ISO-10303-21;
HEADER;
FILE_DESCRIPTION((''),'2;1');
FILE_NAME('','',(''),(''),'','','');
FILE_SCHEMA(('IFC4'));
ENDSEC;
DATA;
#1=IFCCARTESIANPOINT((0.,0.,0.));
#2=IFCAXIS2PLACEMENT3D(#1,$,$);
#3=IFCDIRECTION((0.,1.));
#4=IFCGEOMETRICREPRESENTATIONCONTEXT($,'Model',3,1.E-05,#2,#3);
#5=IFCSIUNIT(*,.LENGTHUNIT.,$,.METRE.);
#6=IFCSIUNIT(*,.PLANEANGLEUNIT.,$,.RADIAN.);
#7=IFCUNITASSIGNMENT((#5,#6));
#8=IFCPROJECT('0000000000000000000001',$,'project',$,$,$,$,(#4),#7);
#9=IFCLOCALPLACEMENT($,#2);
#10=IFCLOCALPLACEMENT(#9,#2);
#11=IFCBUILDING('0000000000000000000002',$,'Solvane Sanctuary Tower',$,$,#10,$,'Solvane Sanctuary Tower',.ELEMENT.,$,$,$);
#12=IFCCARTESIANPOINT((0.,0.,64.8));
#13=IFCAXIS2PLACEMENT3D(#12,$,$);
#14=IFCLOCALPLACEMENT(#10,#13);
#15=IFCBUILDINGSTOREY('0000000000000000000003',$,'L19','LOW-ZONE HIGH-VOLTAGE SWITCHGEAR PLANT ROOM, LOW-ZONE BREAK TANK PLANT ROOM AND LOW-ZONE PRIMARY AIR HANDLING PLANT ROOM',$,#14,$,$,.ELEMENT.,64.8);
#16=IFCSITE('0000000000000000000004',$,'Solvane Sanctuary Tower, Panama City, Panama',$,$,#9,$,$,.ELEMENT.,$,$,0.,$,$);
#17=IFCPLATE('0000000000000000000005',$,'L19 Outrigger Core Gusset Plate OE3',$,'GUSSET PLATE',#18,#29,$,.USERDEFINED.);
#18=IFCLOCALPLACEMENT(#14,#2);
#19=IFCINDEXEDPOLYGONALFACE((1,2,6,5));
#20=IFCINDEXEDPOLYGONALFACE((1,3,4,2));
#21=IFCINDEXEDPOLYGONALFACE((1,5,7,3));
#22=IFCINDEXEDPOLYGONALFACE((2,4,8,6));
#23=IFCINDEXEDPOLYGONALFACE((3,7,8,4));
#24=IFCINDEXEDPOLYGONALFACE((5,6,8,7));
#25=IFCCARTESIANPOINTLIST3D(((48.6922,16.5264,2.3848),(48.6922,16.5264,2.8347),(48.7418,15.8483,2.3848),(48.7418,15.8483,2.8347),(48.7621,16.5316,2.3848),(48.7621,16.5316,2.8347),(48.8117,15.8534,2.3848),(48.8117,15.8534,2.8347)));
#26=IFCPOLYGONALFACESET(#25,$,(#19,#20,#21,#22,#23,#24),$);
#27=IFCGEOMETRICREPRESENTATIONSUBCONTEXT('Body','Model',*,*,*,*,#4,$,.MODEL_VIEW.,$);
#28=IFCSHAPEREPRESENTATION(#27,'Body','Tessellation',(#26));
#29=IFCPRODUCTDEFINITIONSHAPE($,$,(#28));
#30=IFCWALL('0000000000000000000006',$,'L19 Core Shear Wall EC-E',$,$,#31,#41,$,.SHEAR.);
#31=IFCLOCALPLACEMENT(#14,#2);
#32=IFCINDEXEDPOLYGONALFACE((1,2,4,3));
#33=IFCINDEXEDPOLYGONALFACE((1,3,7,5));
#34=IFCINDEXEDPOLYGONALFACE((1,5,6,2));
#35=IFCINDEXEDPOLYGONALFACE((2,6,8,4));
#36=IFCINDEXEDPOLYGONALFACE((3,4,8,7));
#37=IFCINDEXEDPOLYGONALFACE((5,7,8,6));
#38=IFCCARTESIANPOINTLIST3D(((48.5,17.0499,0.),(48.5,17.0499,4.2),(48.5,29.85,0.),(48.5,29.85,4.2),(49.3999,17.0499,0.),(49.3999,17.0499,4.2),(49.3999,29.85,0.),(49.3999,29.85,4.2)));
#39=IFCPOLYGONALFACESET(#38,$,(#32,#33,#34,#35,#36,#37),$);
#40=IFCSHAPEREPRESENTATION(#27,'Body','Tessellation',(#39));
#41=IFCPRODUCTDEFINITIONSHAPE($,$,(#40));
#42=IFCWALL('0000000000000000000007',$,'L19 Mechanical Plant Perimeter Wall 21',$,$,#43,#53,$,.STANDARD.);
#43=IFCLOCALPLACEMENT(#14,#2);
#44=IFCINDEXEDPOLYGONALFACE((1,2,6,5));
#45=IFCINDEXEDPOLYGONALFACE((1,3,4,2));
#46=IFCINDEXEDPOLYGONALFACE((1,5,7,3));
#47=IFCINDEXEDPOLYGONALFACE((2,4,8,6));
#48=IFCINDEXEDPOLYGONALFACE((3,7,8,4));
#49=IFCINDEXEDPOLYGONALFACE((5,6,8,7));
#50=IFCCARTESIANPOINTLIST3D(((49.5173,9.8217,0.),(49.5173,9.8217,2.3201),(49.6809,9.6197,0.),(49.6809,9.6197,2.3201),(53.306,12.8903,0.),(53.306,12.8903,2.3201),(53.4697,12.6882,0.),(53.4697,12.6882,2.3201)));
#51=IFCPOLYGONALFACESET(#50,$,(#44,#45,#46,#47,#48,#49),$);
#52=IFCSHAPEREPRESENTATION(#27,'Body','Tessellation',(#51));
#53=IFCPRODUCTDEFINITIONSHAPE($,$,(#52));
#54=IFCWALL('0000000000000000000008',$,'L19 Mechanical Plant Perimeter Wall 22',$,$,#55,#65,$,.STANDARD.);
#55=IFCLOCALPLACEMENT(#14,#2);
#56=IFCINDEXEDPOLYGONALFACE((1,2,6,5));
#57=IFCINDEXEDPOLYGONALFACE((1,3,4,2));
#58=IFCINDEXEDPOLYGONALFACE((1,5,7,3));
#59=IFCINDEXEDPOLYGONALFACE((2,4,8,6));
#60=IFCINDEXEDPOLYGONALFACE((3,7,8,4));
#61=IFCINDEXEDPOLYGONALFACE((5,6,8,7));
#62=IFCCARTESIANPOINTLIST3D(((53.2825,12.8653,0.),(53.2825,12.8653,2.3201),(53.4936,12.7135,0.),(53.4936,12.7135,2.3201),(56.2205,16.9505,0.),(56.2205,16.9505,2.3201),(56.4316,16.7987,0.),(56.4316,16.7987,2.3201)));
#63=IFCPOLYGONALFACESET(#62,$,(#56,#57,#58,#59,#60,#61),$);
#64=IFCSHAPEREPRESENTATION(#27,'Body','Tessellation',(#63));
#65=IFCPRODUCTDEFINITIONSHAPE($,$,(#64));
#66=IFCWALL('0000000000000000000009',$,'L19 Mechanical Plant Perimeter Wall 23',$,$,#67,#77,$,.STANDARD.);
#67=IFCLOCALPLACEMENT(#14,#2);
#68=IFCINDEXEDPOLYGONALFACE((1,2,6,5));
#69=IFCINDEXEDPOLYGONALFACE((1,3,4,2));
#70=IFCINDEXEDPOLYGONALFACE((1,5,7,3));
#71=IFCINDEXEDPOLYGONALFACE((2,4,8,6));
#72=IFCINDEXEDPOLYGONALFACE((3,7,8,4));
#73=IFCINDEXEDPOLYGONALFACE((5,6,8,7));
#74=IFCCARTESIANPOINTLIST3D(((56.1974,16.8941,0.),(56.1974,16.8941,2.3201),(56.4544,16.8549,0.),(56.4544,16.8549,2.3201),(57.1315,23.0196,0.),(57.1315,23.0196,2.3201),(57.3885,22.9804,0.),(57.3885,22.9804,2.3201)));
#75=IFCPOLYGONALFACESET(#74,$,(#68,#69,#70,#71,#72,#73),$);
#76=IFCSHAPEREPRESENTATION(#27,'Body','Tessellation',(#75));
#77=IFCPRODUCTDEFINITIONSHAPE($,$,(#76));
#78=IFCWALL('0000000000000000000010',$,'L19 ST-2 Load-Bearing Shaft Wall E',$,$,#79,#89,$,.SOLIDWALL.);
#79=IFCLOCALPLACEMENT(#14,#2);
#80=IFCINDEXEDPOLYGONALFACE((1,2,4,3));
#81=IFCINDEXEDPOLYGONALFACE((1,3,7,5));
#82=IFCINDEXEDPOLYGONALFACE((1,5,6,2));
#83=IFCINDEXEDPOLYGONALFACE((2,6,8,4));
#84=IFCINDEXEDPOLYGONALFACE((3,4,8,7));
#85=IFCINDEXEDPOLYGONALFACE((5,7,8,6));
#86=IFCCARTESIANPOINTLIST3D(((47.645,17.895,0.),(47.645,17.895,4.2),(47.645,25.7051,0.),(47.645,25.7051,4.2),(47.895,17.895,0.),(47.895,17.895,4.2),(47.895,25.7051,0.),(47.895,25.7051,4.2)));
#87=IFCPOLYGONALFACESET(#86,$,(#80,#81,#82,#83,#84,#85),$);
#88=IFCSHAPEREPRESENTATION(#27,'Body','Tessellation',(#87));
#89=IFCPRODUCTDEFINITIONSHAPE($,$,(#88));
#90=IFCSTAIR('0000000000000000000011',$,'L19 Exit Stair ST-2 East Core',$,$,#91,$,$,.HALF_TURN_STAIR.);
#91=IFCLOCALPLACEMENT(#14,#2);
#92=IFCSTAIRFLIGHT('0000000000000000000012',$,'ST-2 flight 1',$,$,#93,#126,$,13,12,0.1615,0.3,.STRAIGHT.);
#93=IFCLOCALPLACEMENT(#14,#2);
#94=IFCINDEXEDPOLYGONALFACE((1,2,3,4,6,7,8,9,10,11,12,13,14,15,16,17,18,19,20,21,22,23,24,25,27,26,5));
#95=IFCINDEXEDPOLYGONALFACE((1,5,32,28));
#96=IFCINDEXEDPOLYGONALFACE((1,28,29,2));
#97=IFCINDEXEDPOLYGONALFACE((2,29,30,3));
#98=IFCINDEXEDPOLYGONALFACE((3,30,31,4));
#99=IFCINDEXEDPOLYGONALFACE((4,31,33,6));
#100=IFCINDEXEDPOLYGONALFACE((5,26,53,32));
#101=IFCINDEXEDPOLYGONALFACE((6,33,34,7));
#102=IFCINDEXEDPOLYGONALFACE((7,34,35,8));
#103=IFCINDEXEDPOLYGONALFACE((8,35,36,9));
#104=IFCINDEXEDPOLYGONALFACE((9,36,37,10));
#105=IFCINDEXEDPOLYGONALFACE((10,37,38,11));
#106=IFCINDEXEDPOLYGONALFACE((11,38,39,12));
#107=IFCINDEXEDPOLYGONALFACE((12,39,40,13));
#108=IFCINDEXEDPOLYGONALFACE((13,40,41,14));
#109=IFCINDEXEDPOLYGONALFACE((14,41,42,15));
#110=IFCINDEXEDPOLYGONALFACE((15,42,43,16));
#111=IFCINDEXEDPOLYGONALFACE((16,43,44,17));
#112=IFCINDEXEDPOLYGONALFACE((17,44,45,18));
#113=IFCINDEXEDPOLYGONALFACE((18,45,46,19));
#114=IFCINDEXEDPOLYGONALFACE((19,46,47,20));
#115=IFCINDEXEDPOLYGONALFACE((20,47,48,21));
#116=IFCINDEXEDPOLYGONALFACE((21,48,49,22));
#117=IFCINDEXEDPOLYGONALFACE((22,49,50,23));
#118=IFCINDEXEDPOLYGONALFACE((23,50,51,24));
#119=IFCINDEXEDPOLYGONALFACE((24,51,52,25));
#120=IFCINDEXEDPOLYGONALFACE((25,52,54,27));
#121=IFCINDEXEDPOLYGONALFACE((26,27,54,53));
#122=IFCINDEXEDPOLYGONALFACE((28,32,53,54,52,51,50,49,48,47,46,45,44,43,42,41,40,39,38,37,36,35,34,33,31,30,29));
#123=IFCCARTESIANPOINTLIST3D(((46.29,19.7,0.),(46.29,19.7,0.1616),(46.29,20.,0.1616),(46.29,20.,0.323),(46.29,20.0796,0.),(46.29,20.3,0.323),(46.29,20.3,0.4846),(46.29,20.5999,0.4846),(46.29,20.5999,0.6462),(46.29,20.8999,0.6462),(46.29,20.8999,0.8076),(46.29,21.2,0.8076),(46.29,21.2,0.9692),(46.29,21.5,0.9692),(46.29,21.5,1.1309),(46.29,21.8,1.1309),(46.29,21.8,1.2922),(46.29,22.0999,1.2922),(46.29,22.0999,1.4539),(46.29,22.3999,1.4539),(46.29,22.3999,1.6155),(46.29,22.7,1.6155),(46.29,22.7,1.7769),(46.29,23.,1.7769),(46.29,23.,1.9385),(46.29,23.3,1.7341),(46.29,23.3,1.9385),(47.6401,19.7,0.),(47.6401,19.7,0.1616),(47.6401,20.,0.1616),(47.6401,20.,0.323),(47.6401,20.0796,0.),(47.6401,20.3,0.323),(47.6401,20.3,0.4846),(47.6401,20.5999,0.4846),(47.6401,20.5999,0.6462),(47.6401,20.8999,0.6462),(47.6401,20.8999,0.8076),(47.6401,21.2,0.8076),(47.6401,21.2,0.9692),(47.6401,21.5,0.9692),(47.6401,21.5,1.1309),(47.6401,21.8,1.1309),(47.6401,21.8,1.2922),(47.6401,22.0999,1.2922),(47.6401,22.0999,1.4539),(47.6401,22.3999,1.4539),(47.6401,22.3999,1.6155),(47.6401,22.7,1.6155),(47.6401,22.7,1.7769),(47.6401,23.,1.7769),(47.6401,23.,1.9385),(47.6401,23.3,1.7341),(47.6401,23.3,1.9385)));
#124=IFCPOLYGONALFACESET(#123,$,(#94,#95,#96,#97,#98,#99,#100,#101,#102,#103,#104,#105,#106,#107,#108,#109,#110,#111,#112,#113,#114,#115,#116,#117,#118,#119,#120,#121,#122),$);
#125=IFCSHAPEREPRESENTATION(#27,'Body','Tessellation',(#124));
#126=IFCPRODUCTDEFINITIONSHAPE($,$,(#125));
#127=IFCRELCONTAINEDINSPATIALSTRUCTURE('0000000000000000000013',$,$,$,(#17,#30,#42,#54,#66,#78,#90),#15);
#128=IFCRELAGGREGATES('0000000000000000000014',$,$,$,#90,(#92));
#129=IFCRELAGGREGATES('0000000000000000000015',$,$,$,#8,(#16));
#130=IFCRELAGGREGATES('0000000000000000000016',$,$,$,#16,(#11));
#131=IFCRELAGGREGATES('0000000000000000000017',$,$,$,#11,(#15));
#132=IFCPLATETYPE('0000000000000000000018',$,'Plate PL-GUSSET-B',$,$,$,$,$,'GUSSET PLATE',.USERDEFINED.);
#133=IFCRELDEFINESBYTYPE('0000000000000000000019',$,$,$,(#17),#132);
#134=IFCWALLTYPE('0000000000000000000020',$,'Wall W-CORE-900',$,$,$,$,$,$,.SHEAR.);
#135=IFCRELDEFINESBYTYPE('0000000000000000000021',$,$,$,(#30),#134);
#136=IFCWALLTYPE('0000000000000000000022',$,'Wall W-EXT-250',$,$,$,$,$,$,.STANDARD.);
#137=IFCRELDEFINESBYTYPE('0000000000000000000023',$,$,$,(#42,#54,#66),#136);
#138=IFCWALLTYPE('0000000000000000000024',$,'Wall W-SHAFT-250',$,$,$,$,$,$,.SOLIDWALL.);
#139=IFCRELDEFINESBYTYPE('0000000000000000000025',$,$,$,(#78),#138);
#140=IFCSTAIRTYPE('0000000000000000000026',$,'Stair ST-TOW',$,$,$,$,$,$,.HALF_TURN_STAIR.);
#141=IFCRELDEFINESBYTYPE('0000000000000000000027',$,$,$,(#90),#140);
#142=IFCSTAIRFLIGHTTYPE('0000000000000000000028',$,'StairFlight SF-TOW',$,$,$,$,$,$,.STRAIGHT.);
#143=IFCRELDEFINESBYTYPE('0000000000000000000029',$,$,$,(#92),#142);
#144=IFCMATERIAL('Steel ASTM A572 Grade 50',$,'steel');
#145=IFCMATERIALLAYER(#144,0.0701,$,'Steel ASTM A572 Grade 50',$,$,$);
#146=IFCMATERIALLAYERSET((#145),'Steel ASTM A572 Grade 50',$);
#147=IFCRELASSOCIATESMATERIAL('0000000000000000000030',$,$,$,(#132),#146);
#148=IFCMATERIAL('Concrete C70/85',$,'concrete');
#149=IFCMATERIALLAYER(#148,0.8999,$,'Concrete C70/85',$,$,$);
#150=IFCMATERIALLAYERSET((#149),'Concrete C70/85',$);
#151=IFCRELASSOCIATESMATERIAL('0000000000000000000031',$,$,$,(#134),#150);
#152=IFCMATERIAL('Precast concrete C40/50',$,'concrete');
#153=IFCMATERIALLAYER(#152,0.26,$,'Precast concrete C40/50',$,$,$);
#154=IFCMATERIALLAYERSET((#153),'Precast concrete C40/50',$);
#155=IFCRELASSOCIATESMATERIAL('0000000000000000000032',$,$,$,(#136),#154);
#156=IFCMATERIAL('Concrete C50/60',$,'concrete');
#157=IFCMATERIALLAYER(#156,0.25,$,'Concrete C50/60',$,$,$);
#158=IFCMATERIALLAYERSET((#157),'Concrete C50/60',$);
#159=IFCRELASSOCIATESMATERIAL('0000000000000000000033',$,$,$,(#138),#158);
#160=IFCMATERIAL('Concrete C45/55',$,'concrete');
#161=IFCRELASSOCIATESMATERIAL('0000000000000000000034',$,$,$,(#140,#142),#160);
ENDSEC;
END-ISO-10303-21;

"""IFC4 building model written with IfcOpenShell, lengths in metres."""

from ifc_helpers import new_model, si_unit, direction, frame, frame_2d, origin, origin_2d, place, context, subcontext, project, spatial, polyline, rectangle, outline, extrude, material, layer, layer_set, type_object, element, aggregate, save


model = new_model("IFC4")

# Units and contexts
model_context = context("Model", 3, precision=1e-05, world=origin(), true_north=direction((0.0, 1.0)))
body_context = subcontext(model_context, "Body", "Model", "MODEL_VIEW")
ifc_project = project(units=[si_unit("LENGTHUNIT", "METRE"), si_unit("PLANEANGLEUNIT", "RADIAN")], contexts=[model_context])

# Site, building, storey
site_placement = place(None, origin())
site = spatial("IfcSite", under=ifc_project, at=site_placement, Name="Solvane Sanctuary Tower, Panama City, Panama", CompositionType="ELEMENT", RefElevation=0.0)
building_placement = place(site_placement, origin())
building = spatial("IfcBuilding", under=site, at=building_placement, Name="Solvane Sanctuary Tower", LongName="Solvane Sanctuary Tower", CompositionType="ELEMENT")
storey_placement = place(building_placement, frame((0.0, 0.0, 64.8)))
storey = spatial("IfcBuildingStorey", under=building, at=storey_placement, Name="L19", Description="LOW-ZONE HIGH-VOLTAGE SWITCHGEAR PLANT ROOM, LOW-ZONE BREAK TANK PLANT ROOM AND LOW-ZONE PRIMARY AIR HANDLING PLANT ROOM", CompositionType="ELEMENT", Elevation=64.8)

# Shared definitions
ifc_material_1 = material(Name="Concrete C70/85", Category="concrete")

# Plate
ifc_material_2 = material(Name="Steel ASTM A572 Grade 50", Category="steel")
ifc_layer_1 = layer(ifc_material_2, 0.0701, Name="Steel ASTM A572 Grade 50")
ifc_layer_set_1 = layer_set([ifc_layer_1], Name="Steel ASTM A572 Grade 50")
plate_type = type_object("IfcPlateType", Name="Plate PL-GUSSET-B", ElementType="GUSSET PLATE", PredefinedType="USERDEFINED", material=ifc_layer_set_1)
plate_1_placement = place(storey_placement, frame((48.752, 16.1899, 2.3848), z_axis=(0.0, 0.0, 1.0), x_axis=(0.07289, -0.99734, 0.0)))
element("IfcPlate", 1, at=plate_1_placement, inside=storey, type_object=plate_type, Name="L19 Outrigger Core Gusset Plate OE3", ObjectType="GUSSET PLATE", PredefinedType="USERDEFINED", context=body_context, shape_type="SweptSolid", body=[
    extrude(rectangle(XDim=0.6799, YDim=0.0701, at=origin_2d()), origin(), (0.0, 0.0, 1.0), 0.45),
])

# Walls
ifc_layer_2 = layer(ifc_material_1, 0.8999, Name="Concrete C70/85")
ifc_layer_set_2 = layer_set([ifc_layer_2], Name="Concrete C70/85")
wall_type_1 = type_object("IfcWallType", Name="Wall W-CORE-900", PredefinedType="SHEAR", material=ifc_layer_set_2)
wall_1_placement = place(storey_placement, frame((48.95, 17.05, 0.0), z_axis=(0.0, 0.0, 1.0), x_axis=(0.0, 1.0, 0.0)))
element("IfcWall", 2, at=wall_1_placement, inside=storey, type_object=wall_type_1, Name="L19 Core Shear Wall EC-E", PredefinedType="SHEAR", context=body_context, shape_type="SweptSolid", body=[
    extrude(rectangle(XDim=12.8, YDim=0.8999, at=frame_2d((6.3999, 0.0))), origin(), (0.0, 0.0, 1.0), 4.2),
])
ifc_material_3 = material(Name="Precast concrete C40/50", Category="concrete")
ifc_layer_3 = layer(ifc_material_3, 0.26, Name="Precast concrete C40/50")
ifc_layer_set_3 = layer_set([ifc_layer_3], Name="Precast concrete C40/50")
wall_type_2 = type_object("IfcWallType", Name="Wall W-EXT-250", PredefinedType="STANDARD", material=ifc_layer_set_3)
wall_2_placement = place(storey_placement, frame((49.5991, 9.7207, 0.0), z_axis=(0.0, 0.0, 1.0), x_axis=(0.777098, 0.62938, 0.0)))
element("IfcWall", 3, at=wall_2_placement, inside=storey, type_object=wall_type_2, Name="L19 Mechanical Plant Perimeter Wall 21", PredefinedType="STANDARD", context=body_context, shape_type="SweptSolid", body=[
    extrude(rectangle(XDim=4.8755, YDim=0.26, at=frame_2d((2.4377, 0.0))), origin(), (0.0, 0.0, 1.0), 2.3201),
])
wall_3_placement = place(storey_placement, frame((53.3879, 12.7893, 0.0), z_axis=(0.0, 0.0, 1.0), x_axis=(0.583865, 0.811851, 0.0)))
element("IfcWall", 4, at=wall_3_placement, inside=storey, type_object=wall_type_2, Name="L19 Mechanical Plant Perimeter Wall 22", PredefinedType="STANDARD", context=body_context, shape_type="SweptSolid", body=[
    extrude(rectangle(XDim=5.032, YDim=0.26, at=frame_2d((2.5161, 0.0))), origin(), (0.0, 0.0, 1.0), 2.3201),
])
wall_4_placement = place(storey_placement, frame((56.3259, 16.8745, 0.0), z_axis=(0.0, 0.0, 1.0), x_axis=(0.150748, 0.988572, 0.0)))
element("IfcWall", 5, at=wall_4_placement, inside=storey, type_object=wall_type_2, Name="L19 Mechanical Plant Perimeter Wall 23", PredefinedType="STANDARD", context=body_context, shape_type="SweptSolid", body=[
    extrude(rectangle(XDim=6.1963, YDim=0.26, at=frame_2d((3.0981, 0.0))), origin(), (0.0, 0.0, 1.0), 2.3201),
])
ifc_material_4 = material(Name="Concrete C50/60", Category="concrete")
ifc_layer_4 = layer(ifc_material_4, 0.25, Name="Concrete C50/60")
ifc_layer_set_4 = layer_set([ifc_layer_4], Name="Concrete C50/60")
wall_type_3 = type_object("IfcWallType", Name="Wall W-SHAFT-250", PredefinedType="SOLIDWALL", material=ifc_layer_set_4)
wall_5_placement = place(storey_placement, frame((47.77, 17.895, 0.0), z_axis=(0.0, 0.0, 1.0), x_axis=(0.0, 1.0, 0.0)))
element("IfcWall", 6, at=wall_5_placement, inside=storey, type_object=wall_type_3, Name="L19 ST-2 Load-Bearing Shaft Wall E", PredefinedType="SOLIDWALL", context=body_context, shape_type="SweptSolid", body=[
    extrude(rectangle(XDim=7.8101, YDim=0.25, at=frame_2d((3.905, 0.0))), origin(), (0.0, 0.0, 1.0), 4.2),
])

# Stair, stair flight
ifc_material_5 = material(Name="Concrete C45/55", Category="concrete")
stair_type = type_object("IfcStairType", Name="Stair ST-TOW", PredefinedType="HALF_TURN_STAIR", material=ifc_material_5)
stair_placement = place(storey_placement, origin())
stair = element("IfcStair", 7, at=stair_placement, inside=storey, type_object=stair_type, Name="L19 Exit Stair ST-2 East Core", PredefinedType="HALF_TURN_STAIR")
stair_flight_type = type_object("IfcStairFlightType", Name="StairFlight SF-TOW", PredefinedType="STRAIGHT", material=ifc_material_5)
stair_flight_placement = place(storey_placement, frame((46.9651, 19.7, 0.0), z_axis=(0.0, 0.0, 1.0), x_axis=(0.0, 1.0, 0.0)))
stair_flight = element("IfcStairFlight", 8, at=stair_flight_placement, type_object=stair_flight_type, Name="ST-2 flight 1", NumberOfRisers=13, NumberOfTreads=12, PredefinedType="STRAIGHT", RiserHeight=0.1615, TreadLength=0.3, context=body_context, shape_type="SweptSolid", body=[
    extrude(outline(polyline([(0.0, 0.0), (0.0, 0.1616), (0.3, 0.1616), (0.3, 0.323), (0.6001, 0.323), (0.6001, 0.4846), (0.8999, 0.4846), (0.8999, 0.6462), (1.2, 0.6462), (1.2, 0.8076), (1.5, 0.8076), (1.5, 0.9692), (1.8, 0.9692), (1.8, 1.1309), (2.1001, 1.1309), (2.1001, 1.2922), (2.3999, 1.2922), (2.3999, 1.4539), (2.7, 1.4539), (2.7, 1.6155), (3.0, 1.6155), (3.0, 1.7769), (3.3, 1.7769), (3.3, 1.9385), (3.6001, 1.9385), (3.6001, 2.1001), (3.6001, 1.7341), (0.3796, 0.0), (0.0, 0.0)])), frame((0.0, 0.675, 0.0), z_axis=(0.0, -1.0, 0.0), x_axis=(1.0, 0.0, 0.0)), (0.0, 0.0, 1.0), 1.3501),
])
aggregate(stair, [stair_flight])

save(model, "model.ifc")
